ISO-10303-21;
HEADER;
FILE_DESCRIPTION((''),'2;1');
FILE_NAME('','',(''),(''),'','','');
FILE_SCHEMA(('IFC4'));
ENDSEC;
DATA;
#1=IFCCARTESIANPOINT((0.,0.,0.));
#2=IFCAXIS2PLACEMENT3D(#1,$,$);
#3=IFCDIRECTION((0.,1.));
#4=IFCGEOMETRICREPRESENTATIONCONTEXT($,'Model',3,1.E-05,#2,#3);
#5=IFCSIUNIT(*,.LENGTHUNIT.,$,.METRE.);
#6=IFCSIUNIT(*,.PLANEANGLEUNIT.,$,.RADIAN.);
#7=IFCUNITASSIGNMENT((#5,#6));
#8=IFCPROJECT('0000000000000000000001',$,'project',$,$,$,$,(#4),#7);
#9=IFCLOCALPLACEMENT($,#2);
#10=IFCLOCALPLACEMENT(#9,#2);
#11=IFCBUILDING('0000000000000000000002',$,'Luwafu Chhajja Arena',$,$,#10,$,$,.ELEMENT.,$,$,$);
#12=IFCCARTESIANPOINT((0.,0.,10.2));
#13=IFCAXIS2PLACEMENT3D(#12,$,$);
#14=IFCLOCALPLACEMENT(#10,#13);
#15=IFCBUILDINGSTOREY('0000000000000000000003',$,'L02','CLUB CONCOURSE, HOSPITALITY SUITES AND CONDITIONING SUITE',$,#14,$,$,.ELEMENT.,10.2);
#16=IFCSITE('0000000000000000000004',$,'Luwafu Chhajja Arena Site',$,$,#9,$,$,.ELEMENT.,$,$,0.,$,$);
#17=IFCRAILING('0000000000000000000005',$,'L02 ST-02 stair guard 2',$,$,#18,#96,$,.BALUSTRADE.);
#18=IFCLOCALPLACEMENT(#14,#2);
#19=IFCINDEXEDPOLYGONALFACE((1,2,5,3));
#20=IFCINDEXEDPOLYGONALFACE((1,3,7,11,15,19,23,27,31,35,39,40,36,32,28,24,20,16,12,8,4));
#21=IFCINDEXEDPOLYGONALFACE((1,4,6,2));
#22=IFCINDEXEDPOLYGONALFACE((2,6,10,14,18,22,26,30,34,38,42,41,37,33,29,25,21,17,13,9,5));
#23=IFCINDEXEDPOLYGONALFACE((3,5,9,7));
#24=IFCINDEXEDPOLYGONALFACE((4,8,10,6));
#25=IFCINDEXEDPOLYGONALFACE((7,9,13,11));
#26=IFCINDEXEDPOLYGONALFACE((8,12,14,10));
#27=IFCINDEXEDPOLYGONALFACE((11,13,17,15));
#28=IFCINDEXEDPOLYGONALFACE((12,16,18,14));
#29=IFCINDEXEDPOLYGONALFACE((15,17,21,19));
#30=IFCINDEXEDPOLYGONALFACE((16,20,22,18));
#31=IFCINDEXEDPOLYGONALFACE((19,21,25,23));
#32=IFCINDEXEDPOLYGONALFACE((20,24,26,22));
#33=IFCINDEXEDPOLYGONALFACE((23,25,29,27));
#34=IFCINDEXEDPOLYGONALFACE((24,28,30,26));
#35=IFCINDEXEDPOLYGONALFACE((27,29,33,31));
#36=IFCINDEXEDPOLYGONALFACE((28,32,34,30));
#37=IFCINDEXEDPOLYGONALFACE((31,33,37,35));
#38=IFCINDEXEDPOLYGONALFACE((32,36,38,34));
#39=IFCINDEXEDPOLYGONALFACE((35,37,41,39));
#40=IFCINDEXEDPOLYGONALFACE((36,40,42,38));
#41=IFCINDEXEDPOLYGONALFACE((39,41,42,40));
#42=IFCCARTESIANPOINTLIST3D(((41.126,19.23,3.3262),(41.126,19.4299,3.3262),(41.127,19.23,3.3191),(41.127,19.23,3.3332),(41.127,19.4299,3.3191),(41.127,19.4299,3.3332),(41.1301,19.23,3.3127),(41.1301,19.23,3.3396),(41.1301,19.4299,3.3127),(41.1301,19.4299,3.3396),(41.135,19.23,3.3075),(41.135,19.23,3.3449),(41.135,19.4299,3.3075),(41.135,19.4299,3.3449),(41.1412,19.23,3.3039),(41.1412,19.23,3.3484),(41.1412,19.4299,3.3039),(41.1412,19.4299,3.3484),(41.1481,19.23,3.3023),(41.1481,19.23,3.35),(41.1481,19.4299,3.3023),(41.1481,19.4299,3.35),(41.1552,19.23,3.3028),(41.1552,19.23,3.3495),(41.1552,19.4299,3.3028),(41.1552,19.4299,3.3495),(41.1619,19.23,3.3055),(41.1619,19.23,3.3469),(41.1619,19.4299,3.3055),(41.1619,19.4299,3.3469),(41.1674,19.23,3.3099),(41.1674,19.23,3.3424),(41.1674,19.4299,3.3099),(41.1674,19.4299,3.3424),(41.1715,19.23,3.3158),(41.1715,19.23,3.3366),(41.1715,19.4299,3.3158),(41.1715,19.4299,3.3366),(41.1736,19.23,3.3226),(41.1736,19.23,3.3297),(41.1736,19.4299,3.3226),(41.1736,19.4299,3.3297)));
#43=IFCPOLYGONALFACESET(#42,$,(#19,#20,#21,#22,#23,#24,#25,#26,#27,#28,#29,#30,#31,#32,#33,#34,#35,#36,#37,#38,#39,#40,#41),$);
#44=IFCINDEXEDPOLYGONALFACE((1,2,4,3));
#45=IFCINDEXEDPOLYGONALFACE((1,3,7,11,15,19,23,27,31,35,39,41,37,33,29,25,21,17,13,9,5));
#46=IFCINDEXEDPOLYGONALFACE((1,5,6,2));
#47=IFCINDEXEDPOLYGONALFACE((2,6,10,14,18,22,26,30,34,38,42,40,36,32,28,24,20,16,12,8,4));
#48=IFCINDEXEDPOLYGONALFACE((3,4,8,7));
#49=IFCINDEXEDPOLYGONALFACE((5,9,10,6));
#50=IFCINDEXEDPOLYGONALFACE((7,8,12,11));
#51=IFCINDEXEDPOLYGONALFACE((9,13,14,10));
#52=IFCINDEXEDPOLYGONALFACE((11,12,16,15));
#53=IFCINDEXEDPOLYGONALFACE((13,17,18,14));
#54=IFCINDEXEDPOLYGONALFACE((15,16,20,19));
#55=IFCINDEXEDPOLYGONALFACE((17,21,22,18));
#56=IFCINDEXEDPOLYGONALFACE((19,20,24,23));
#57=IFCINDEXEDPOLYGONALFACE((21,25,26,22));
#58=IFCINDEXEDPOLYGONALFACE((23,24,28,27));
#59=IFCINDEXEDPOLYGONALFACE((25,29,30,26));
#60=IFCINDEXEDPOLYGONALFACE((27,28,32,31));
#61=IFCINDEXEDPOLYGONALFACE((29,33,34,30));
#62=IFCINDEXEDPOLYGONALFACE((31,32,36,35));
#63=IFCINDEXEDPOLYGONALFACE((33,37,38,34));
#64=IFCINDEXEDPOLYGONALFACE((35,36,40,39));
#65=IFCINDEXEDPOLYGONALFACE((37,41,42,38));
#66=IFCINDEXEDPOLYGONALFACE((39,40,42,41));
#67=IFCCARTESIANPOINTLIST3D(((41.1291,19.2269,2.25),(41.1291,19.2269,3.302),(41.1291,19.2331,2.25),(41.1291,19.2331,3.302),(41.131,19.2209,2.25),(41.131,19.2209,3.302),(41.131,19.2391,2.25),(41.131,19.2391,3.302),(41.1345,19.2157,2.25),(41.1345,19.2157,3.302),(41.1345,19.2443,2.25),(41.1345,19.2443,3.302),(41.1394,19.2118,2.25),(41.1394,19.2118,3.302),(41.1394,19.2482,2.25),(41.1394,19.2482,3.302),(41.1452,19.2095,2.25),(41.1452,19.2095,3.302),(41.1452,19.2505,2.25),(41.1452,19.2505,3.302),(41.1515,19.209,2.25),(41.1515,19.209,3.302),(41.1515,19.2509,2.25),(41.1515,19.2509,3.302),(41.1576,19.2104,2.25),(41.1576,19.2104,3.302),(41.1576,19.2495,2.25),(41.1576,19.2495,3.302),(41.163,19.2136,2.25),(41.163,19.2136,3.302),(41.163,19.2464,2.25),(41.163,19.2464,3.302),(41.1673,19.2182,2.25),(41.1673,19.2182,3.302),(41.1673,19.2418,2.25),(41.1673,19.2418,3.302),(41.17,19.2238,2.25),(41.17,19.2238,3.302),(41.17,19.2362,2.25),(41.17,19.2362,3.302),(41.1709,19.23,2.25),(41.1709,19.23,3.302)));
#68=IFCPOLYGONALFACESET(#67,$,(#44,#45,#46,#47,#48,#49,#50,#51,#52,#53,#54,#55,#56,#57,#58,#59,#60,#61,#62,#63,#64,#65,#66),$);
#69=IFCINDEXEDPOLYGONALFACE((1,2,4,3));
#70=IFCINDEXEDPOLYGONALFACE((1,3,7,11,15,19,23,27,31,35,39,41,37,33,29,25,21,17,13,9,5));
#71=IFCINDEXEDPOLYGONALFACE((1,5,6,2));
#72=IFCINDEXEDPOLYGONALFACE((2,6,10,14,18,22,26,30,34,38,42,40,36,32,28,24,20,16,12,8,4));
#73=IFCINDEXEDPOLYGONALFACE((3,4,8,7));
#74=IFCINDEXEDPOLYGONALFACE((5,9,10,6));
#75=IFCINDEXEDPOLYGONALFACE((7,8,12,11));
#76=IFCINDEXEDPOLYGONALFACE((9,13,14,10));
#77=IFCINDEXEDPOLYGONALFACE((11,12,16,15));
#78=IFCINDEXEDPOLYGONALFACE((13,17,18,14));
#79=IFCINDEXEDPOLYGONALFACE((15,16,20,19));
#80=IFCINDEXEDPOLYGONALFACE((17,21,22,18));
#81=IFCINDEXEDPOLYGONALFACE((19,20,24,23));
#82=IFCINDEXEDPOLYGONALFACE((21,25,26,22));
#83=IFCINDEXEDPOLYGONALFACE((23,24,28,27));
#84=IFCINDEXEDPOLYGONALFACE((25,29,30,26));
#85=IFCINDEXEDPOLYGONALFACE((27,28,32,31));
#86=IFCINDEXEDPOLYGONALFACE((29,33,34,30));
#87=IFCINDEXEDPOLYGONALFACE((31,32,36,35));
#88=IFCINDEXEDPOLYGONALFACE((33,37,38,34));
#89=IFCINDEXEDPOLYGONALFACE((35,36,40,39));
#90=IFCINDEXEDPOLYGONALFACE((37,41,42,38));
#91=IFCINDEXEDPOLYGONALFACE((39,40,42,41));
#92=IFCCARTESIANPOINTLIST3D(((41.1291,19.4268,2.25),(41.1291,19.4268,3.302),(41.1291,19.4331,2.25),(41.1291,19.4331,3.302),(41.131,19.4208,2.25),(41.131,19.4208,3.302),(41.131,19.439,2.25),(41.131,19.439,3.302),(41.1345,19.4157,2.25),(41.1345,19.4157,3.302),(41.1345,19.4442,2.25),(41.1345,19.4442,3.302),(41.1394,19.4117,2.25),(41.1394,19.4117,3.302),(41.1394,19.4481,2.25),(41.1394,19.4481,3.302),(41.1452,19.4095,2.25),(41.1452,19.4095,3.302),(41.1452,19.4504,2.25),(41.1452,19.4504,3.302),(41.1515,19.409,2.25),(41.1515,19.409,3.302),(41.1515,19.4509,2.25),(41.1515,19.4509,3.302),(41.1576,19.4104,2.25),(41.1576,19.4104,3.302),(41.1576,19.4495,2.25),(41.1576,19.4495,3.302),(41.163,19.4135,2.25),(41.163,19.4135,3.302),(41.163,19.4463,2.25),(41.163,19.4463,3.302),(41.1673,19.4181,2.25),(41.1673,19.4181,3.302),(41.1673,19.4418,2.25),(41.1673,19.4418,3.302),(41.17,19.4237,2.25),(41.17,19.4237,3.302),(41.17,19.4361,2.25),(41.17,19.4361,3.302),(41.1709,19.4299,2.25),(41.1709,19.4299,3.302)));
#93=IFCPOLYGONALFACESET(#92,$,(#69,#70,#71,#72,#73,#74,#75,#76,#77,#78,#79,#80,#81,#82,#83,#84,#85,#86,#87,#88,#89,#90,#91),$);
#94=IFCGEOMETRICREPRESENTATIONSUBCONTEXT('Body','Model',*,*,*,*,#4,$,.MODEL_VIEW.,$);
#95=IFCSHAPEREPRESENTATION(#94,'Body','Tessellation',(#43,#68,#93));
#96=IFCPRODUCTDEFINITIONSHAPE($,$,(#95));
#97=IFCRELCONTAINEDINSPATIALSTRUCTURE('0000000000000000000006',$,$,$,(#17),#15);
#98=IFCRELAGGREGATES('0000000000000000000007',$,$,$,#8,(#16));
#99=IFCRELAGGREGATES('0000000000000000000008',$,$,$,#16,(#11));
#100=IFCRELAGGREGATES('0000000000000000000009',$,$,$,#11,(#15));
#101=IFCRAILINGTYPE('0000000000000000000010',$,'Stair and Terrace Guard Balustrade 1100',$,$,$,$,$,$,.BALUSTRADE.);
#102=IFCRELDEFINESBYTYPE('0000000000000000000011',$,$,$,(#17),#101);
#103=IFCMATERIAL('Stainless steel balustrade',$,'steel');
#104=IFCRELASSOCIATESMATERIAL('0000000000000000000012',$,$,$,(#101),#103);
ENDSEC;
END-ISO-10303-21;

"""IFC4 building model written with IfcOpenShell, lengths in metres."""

from ifc_helpers import new_model, si_unit, direction, frame, origin, origin_2d, place, context, subcontext, project, spatial, circle, extrude, material, type_object, element, save


model = new_model("IFC4")

# Units and contexts
model_context = context("Model", 3, precision=1e-05, world=origin(), true_north=direction((0.0, 1.0)))
body_context = subcontext(model_context, "Body", "Model", "MODEL_VIEW")
ifc_project = project(units=[si_unit("LENGTHUNIT", "METRE"), si_unit("PLANEANGLEUNIT", "RADIAN")], contexts=[model_context])

# Site, building, storey
site_placement = place(None, origin())
site = spatial("IfcSite", under=ifc_project, at=site_placement, Name="Luwafu Chhajja Arena Site", CompositionType="ELEMENT", RefElevation=0.0)
building_placement = place(site_placement, origin())
building = spatial("IfcBuilding", under=site, at=building_placement, Name="Luwafu Chhajja Arena", CompositionType="ELEMENT")
storey_placement = place(building_placement, frame((0.0, 0.0, 10.2)))
storey = spatial("IfcBuildingStorey", under=building, at=storey_placement, Name="L02", Description="CLUB CONCOURSE, HOSPITALITY SUITES AND CONDITIONING SUITE", CompositionType="ELEMENT", Elevation=10.2)

# Railing
ifc_material_1 = material(Name="Stainless steel balustrade", Category="steel")
railing_type_1 = type_object("IfcRailingType", Name="Stair and Terrace Guard Balustrade 1100", PredefinedType="BALUSTRADE", material=ifc_material_1)
railing_1_placement = place(storey_placement, frame((41.1499, 19.23, 2.25)))
element("IfcRailing", 1, at=railing_1_placement, inside=storey, type_object=railing_type_1, Name="L02 ST-02 stair guard 2", PredefinedType="BALUSTRADE", context=body_context, shape_type="SweptSolid", body=[
    extrude(circle(Radius=0.0239, at=origin_2d()), frame((0.0, 0.0, 1.0762), z_axis=(0.0, 1.0, 0.0), x_axis=(-1.0, 0.0, 0.0)), (0.0, 0.0, 1.0), 0.2),
    extrude(circle(Radius=0.021, at=origin_2d()), origin(), (0.0, 0.0, 1.0), 1.052),
    extrude(circle(Radius=0.021, at=origin_2d()), frame((0.0, 0.2, 0.0)), (0.0, 0.0, 1.0), 1.052),
])

save(model, "model.ifc")
